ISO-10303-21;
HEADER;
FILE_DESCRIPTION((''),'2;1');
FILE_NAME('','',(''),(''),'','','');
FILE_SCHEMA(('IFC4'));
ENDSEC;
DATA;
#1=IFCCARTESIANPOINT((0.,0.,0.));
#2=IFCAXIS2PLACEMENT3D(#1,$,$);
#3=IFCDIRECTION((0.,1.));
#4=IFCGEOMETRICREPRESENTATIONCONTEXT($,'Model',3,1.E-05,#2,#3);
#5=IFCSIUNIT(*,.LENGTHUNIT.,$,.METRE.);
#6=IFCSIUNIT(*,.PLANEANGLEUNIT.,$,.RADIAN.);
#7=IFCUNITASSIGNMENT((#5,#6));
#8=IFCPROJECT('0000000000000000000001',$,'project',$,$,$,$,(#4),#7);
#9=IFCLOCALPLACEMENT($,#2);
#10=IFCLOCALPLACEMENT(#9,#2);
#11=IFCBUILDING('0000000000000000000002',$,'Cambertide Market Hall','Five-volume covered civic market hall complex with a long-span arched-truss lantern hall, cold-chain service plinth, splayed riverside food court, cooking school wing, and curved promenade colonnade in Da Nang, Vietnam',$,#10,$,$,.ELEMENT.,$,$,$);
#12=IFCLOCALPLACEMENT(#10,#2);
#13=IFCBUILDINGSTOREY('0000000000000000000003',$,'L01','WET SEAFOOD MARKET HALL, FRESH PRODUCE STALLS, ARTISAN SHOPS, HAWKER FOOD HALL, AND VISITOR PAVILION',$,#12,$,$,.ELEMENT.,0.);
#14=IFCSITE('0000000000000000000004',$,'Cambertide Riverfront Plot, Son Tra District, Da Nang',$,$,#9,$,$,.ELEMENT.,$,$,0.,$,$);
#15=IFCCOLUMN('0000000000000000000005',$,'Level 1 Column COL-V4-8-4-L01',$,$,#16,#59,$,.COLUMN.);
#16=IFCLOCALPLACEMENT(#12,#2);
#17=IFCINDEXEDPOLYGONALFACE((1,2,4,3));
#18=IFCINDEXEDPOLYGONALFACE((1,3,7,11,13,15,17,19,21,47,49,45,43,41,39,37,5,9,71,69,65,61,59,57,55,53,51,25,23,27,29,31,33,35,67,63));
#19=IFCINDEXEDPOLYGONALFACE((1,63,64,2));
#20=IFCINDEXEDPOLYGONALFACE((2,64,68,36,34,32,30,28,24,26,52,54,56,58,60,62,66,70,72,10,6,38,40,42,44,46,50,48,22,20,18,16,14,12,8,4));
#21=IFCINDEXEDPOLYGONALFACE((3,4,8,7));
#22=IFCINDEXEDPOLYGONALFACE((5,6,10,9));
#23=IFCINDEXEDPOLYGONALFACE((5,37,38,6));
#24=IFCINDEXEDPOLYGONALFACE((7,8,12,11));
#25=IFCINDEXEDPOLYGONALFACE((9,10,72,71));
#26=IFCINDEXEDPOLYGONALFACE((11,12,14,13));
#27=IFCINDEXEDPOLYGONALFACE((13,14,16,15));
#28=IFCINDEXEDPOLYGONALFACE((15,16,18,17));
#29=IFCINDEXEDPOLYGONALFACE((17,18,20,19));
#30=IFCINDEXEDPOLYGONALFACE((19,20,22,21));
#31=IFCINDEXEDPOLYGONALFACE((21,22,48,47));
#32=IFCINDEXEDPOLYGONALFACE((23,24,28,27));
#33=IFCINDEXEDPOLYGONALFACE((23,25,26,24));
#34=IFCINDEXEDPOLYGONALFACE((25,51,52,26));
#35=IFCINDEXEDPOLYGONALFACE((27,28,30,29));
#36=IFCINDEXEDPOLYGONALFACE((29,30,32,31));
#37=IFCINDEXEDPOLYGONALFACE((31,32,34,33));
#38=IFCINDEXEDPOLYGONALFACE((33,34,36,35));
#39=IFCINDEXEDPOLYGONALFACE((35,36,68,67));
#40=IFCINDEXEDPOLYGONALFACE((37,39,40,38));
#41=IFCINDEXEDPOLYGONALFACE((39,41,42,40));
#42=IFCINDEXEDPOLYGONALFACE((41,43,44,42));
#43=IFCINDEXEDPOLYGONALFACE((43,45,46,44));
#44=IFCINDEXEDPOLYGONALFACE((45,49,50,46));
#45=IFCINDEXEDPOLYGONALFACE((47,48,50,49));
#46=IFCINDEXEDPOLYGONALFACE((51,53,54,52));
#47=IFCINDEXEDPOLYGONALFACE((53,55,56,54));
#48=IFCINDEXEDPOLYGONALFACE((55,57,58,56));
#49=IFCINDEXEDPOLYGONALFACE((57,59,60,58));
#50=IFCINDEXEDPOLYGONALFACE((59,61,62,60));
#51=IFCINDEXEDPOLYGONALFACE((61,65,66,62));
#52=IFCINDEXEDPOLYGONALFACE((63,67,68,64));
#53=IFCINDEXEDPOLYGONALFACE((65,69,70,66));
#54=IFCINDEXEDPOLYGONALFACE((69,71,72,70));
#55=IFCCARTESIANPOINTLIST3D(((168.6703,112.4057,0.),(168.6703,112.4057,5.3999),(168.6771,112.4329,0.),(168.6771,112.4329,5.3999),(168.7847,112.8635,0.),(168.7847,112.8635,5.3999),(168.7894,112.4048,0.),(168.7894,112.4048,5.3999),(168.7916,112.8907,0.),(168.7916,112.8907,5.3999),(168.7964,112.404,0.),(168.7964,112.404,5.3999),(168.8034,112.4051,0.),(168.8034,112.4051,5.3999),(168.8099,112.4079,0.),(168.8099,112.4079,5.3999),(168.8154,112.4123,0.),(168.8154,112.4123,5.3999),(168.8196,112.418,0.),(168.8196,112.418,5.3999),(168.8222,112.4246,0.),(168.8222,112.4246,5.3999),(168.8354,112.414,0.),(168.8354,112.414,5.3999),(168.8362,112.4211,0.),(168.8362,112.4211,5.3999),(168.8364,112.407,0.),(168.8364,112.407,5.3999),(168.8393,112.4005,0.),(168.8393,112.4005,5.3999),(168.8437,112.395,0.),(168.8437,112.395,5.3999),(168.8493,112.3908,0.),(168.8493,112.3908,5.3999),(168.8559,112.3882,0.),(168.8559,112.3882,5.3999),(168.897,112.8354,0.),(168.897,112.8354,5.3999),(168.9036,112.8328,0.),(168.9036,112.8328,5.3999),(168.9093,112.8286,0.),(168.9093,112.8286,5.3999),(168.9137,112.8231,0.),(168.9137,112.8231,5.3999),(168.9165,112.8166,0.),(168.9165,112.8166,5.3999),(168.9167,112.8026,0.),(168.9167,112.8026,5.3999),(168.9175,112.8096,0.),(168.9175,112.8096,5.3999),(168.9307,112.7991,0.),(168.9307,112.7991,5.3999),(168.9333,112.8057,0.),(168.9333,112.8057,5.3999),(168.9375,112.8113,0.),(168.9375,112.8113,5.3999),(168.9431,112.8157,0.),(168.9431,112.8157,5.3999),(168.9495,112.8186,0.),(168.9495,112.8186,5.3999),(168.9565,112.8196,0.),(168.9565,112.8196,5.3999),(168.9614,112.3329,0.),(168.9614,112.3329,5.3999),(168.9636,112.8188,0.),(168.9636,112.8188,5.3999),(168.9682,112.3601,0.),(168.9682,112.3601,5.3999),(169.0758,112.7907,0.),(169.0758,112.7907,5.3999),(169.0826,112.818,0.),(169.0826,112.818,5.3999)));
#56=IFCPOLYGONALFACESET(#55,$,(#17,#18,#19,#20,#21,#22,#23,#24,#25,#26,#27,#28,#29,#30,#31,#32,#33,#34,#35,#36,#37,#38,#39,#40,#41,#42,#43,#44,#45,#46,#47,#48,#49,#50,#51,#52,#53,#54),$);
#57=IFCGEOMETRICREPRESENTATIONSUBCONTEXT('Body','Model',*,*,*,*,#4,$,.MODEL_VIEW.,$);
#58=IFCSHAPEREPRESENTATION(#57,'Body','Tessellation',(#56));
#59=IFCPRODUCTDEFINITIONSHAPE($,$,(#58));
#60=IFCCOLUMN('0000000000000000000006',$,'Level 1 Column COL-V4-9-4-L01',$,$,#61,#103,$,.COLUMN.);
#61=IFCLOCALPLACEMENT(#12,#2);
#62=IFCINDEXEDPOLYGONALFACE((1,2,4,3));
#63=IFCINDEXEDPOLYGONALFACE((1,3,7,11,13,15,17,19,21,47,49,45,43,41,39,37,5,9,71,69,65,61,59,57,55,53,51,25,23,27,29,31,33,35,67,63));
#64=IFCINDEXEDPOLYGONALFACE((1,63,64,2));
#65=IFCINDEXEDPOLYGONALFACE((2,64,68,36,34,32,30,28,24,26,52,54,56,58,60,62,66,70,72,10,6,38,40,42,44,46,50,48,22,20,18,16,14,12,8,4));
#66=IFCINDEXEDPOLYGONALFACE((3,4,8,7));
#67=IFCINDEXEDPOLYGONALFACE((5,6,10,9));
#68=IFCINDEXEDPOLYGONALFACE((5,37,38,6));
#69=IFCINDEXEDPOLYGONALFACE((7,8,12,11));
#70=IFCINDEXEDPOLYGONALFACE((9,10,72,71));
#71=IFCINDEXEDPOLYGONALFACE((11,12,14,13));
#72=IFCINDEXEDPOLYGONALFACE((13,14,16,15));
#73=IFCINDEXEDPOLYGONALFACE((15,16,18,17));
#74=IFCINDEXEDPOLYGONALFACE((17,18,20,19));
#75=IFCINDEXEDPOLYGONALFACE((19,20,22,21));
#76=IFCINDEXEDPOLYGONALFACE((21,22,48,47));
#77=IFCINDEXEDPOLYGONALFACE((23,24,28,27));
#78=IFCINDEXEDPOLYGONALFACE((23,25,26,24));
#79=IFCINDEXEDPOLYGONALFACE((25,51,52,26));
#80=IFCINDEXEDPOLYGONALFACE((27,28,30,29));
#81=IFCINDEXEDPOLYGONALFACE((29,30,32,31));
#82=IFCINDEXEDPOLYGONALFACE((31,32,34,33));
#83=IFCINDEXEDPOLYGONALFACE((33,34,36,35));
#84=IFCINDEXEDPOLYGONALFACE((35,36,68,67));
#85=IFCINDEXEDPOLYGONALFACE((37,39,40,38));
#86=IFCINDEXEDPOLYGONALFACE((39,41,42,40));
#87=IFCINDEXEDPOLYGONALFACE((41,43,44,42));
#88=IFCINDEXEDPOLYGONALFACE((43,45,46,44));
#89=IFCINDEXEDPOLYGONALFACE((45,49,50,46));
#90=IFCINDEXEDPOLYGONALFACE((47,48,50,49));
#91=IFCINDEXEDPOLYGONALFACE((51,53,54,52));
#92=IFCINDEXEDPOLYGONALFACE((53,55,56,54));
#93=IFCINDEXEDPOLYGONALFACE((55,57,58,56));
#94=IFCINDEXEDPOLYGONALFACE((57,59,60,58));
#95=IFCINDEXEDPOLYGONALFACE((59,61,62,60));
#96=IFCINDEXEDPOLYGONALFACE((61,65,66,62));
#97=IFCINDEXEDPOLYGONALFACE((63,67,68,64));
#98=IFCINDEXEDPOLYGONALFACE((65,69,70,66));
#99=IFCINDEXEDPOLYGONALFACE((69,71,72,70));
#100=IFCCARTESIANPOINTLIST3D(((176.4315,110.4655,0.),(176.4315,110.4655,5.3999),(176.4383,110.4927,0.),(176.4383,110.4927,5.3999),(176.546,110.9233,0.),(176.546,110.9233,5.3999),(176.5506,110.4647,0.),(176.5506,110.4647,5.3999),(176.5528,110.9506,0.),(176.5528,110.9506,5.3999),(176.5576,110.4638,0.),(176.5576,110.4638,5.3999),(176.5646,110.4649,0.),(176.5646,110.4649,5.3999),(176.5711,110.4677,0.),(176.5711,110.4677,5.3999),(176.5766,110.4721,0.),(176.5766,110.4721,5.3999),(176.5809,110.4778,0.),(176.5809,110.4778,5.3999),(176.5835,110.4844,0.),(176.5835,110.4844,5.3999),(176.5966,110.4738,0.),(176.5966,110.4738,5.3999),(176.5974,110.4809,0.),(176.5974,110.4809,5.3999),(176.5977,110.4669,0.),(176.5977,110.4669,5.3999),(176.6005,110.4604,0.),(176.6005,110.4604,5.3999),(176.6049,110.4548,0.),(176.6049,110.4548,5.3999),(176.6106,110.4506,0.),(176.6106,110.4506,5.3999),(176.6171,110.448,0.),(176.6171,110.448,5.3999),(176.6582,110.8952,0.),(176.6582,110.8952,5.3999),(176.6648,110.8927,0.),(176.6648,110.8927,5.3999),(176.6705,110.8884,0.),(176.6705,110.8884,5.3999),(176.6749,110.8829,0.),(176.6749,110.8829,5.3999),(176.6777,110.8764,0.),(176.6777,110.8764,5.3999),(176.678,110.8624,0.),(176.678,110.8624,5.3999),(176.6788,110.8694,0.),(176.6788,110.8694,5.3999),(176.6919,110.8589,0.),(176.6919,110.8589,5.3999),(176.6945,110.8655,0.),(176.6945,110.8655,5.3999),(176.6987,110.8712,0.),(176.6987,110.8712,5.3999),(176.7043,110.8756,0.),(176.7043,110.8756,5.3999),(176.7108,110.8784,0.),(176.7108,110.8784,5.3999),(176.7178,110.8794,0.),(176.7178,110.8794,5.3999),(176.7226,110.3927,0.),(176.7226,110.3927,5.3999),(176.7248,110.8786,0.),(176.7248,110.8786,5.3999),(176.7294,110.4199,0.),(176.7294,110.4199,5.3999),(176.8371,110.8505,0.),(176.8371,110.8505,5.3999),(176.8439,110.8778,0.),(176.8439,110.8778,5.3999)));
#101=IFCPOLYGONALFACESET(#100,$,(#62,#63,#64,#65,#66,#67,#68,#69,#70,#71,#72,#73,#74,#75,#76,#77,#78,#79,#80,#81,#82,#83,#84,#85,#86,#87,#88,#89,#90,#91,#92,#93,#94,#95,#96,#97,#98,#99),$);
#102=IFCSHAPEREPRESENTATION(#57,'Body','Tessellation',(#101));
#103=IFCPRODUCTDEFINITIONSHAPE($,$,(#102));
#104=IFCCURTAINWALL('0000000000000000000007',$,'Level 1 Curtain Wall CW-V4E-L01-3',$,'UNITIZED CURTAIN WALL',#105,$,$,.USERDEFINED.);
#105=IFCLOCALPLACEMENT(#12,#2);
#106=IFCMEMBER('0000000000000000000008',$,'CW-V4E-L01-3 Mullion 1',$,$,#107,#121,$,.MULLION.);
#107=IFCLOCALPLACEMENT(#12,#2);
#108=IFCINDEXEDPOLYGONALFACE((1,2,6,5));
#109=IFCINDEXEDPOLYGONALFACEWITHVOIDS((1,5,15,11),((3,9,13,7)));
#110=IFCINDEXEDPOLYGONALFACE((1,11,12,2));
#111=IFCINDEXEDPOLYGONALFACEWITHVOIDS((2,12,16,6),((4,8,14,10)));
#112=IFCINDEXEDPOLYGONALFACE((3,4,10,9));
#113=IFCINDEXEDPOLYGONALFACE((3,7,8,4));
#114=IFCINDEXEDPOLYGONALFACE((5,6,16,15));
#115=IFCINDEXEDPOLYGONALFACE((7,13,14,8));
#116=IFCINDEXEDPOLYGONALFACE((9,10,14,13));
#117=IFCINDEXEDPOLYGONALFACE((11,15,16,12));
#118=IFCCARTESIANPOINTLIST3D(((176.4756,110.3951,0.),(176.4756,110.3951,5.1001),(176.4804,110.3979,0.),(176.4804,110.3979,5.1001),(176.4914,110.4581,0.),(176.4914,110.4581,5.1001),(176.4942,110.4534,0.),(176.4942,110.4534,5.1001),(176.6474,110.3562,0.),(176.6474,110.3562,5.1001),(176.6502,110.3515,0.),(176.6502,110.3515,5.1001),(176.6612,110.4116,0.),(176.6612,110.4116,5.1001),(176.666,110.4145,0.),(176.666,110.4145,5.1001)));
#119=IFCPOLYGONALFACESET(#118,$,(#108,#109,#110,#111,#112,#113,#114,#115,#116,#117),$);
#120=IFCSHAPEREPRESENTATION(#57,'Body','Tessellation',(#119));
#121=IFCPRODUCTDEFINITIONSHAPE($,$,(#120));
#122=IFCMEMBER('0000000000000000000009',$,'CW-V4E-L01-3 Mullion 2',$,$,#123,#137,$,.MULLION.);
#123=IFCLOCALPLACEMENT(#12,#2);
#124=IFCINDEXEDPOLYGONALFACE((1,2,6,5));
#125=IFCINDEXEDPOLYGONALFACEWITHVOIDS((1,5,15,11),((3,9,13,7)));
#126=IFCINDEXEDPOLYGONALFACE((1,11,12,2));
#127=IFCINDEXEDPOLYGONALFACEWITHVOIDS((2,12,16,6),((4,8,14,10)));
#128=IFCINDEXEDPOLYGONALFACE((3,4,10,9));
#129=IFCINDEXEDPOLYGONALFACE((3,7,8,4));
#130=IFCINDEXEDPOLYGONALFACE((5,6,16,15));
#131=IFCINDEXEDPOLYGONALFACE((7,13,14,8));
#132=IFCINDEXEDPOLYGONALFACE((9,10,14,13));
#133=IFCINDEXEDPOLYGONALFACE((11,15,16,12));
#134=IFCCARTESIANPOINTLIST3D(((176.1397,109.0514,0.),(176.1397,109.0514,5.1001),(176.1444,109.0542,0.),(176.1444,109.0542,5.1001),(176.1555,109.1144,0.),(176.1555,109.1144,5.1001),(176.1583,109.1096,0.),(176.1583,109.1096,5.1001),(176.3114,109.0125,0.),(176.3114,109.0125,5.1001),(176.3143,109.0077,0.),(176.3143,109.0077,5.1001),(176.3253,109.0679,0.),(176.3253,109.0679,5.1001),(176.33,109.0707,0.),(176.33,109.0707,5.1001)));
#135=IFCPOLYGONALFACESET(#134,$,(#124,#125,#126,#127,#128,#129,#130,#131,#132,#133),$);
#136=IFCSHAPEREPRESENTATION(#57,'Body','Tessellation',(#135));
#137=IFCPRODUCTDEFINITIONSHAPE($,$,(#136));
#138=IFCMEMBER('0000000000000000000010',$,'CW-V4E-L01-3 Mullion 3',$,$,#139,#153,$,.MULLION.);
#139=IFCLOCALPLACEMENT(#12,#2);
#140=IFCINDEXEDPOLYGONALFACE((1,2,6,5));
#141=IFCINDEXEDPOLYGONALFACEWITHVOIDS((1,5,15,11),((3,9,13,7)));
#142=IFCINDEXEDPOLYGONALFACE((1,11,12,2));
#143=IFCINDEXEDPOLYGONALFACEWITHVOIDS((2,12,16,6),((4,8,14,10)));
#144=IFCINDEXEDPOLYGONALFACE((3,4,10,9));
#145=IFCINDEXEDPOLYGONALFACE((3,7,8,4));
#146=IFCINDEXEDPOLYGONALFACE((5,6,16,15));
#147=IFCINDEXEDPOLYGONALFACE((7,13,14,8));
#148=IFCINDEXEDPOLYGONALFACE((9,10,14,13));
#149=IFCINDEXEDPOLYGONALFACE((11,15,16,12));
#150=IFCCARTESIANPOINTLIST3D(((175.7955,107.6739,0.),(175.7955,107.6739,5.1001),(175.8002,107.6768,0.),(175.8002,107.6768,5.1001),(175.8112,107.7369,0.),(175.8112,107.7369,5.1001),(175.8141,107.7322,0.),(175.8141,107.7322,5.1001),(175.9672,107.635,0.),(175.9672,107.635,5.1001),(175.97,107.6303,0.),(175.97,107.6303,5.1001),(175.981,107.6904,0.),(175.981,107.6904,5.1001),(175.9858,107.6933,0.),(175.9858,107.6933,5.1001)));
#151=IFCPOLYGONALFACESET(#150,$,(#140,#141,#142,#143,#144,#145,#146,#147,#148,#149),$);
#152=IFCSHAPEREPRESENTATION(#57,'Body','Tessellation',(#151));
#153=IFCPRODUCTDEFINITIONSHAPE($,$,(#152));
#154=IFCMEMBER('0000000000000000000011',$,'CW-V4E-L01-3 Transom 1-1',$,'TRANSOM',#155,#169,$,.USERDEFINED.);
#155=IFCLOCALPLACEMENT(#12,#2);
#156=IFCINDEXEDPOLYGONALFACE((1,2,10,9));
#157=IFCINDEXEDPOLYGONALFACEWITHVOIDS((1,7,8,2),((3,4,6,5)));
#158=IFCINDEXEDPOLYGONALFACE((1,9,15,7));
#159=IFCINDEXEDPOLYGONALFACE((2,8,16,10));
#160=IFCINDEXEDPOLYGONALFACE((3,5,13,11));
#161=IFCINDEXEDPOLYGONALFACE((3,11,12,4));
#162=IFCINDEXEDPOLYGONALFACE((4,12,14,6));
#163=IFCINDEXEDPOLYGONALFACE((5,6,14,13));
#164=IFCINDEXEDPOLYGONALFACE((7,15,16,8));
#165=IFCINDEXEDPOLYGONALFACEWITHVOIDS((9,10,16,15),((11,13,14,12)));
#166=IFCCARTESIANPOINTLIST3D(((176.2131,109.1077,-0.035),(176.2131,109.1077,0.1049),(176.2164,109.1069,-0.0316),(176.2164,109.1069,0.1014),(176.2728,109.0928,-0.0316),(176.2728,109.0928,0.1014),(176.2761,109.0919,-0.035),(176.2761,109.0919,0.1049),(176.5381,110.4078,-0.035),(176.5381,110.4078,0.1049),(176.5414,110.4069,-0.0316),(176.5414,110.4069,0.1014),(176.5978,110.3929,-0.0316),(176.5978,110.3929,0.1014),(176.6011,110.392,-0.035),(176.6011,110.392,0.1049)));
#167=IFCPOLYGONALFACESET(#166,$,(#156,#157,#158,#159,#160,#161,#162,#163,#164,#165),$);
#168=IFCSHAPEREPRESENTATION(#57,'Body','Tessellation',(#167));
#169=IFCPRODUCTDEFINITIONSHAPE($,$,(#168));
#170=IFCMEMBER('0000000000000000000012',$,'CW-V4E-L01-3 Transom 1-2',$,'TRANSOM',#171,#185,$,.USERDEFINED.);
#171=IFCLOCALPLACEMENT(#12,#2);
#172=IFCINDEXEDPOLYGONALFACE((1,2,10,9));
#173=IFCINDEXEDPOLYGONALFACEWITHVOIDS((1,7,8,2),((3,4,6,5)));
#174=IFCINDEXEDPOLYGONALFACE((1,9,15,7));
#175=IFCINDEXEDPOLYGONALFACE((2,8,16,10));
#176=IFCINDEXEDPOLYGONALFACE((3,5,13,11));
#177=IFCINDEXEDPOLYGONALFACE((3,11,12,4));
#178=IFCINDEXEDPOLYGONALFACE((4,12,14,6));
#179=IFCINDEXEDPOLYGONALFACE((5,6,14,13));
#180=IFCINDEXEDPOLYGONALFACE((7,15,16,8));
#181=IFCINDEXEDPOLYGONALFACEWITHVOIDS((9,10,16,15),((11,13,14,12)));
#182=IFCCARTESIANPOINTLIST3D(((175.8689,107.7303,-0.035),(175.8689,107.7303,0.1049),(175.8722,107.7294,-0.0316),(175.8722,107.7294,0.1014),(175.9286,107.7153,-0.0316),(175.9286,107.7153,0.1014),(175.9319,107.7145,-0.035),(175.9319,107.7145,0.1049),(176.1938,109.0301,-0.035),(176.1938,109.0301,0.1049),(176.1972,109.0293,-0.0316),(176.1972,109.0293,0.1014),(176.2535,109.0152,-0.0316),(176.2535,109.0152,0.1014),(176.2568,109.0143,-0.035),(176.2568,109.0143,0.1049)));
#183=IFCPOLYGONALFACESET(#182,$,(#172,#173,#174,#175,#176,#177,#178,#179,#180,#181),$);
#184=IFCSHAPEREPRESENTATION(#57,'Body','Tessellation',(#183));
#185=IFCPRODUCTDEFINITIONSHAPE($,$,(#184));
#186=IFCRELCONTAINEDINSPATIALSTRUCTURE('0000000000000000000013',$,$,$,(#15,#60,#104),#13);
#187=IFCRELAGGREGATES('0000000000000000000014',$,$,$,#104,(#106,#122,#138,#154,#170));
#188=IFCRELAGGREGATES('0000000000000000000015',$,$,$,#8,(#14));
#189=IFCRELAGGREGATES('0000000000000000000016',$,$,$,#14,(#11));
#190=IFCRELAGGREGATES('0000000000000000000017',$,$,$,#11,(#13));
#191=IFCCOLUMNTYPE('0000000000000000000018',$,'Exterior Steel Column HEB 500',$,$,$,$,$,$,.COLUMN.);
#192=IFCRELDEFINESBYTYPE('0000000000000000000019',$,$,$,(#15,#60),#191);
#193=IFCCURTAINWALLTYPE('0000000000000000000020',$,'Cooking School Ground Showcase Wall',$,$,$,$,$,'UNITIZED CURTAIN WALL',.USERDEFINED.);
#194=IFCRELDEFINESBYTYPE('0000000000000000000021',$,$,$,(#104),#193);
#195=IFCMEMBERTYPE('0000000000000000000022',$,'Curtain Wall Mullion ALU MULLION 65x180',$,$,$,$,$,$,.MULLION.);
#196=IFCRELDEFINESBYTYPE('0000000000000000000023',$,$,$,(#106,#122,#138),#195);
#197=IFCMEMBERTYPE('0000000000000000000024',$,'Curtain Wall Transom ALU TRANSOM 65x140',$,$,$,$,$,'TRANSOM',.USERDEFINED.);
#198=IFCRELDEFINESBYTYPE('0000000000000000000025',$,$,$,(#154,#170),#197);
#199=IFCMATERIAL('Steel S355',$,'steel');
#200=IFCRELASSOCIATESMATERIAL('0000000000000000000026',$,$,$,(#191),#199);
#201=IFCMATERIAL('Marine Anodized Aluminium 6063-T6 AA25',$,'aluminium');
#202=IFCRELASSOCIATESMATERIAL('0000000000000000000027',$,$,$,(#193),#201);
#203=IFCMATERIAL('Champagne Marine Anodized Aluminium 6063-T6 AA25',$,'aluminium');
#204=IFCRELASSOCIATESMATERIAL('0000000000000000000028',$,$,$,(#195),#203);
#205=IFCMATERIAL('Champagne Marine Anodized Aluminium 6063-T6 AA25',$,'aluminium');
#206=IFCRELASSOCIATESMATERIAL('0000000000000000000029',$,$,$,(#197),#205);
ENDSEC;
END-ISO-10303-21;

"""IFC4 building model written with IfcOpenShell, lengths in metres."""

from ifc_helpers import new_model, si_unit, direction, frame, origin, origin_2d, place, context, subcontext, project, spatial, hollow_rectangle, i_section, extrude, material, material_profile, profile_set, type_object, element, aggregate, save


model = new_model("IFC4")

# Units and contexts
model_context = context("Model", 3, precision=1e-05, world=origin(), true_north=direction((0.0, 1.0)))
body_context = subcontext(model_context, "Body", "Model", "MODEL_VIEW")
ifc_project = project(units=[si_unit("LENGTHUNIT", "METRE"), si_unit("PLANEANGLEUNIT", "RADIAN")], contexts=[model_context])

# Site, building, storey
site_placement = place(None, origin())
site = spatial("IfcSite", under=ifc_project, at=site_placement, Name="Cambertide Riverfront Plot, Son Tra District, Da Nang", CompositionType="ELEMENT", RefElevation=0.0)
building_placement = place(site_placement, origin())
building = spatial("IfcBuilding", under=site, at=building_placement, Name="Cambertide Market Hall", Description="Five-volume covered civic market hall complex with a long-span arched-truss lantern hall, cold-chain service plinth, splayed riverside food court, cooking school wing, and curved promenade colonnade in Da Nang, Vietnam", CompositionType="ELEMENT")
storey_placement = place(building_placement, origin())
storey = spatial("IfcBuildingStorey", under=building, at=storey_placement, Name="L01", Description="WET SEAFOOD MARKET HALL, FRESH PRODUCE STALLS, ARTISAN SHOPS, HAWKER FOOD HALL, AND VISITOR PAVILION", CompositionType="ELEMENT", Elevation=0.0)

# Columns
ifc_material_1 = material(Name="Steel S355", Category="steel")
ifc_material_profile_1 = material_profile(ifc_material_1, i_section(OverallWidth=0.3, OverallDepth=0.5, WebThickness=0.0144, FlangeThickness=0.0281, FilletRadius=0.0271, at=origin_2d()), Name="HEB 500")
ifc_profile_set_1 = profile_set([ifc_material_profile_1], Name="Steel S355")
column_type = type_object("IfcColumnType", Name="Exterior Steel Column HEB 500", PredefinedType="COLUMN", material=ifc_profile_set_1)
for number, where, z_axis, x_axis, name in (
    (1, (168.8765, 112.6118, 0.0), (0.0, 0.0, 1.0), (0.970143, -0.242536, 0.0), "Level 1 Column COL-V4-8-4-L01"),
    (2, (176.6377, 110.6716, 0.0), (0.0, 0.0, 1.0), (0.970143, -0.242536, 0.0), "Level 1 Column COL-V4-9-4-L01"),
):
    element("IfcColumn", number, at=place(storey_placement, frame(where, z_axis=z_axis, x_axis=x_axis)), inside=storey, type_object=column_type, Name=name, PredefinedType="COLUMN", context=body_context, shape_type="SweptSolid", body=[
        extrude(i_section(OverallWidth=0.3, OverallDepth=0.5, WebThickness=0.0144, FlangeThickness=0.0281, FilletRadius=0.0271, at=origin_2d()), origin(), (0.0, 0.0, 1.0), 5.3999),
    ])

# Curtain wall, members
ifc_material_2 = material(Name="Marine Anodized Aluminium 6063-T6 AA25", Category="aluminium")
curtain_wall_type = type_object("IfcCurtainWallType", Name="Cooking School Ground Showcase Wall", ElementType="UNITIZED CURTAIN WALL", PredefinedType="USERDEFINED", material=ifc_material_2)
curtain_wall_placement = place(storey_placement, origin())
curtain_wall = element("IfcCurtainWall", 3, at=curtain_wall_placement, inside=storey, type_object=curtain_wall_type, Name="Level 1 Curtain Wall CW-V4E-L01-3", ObjectType="UNITIZED CURTAIN WALL", PredefinedType="USERDEFINED")
ifc_material_3 = material(Name="Champagne Marine Anodized Aluminium 6063-T6 AA25", Category="aluminium")
ifc_material_profile_2 = material_profile(ifc_material_3, hollow_rectangle(XDim=0.0649, YDim=0.1799, WallThickness=0.0039, at=origin_2d()), Name="ALU MULLION 65x180")
ifc_profile_set_2 = profile_set([ifc_material_profile_2], Name="Champagne Marine Anodized Aluminium 6063-T6 AA25")
member_type_1 = type_object("IfcMemberType", Name="Curtain Wall Mullion ALU MULLION 65x180", PredefinedType="MULLION", material=ifc_profile_set_2)
member_1_placement = place(storey_placement, frame((176.5708, 110.4048, 0.0), z_axis=(0.0, 0.0, 1.0), x_axis=(-0.242536, -0.970143, 0.0)))
member_1 = element("IfcMember", 4, at=member_1_placement, type_object=member_type_1, Name="CW-V4E-L01-3 Mullion 1", PredefinedType="MULLION", context=body_context, shape_type="SweptSolid", body=[
    extrude(hollow_rectangle(XDim=0.0649, YDim=0.1799, WallThickness=0.0039, at=origin_2d()), origin(), (0.0, 0.0, 1.0), 5.1001),
])
member_2_placement = place(storey_placement, frame((176.2349, 109.061, 0.0), z_axis=(0.0, 0.0, 1.0), x_axis=(-0.242536, -0.970143, 0.0)))
member_2 = element("IfcMember", 5, at=member_2_placement, type_object=member_type_1, Name="CW-V4E-L01-3 Mullion 2", PredefinedType="MULLION", context=body_context, shape_type="SweptSolid", body=[
    extrude(hollow_rectangle(XDim=0.0649, YDim=0.1799, WallThickness=0.0039, at=origin_2d()), origin(), (0.0, 0.0, 1.0), 5.1001),
])
member_3_placement = place(storey_placement, frame((175.8906, 107.6836, 0.0), z_axis=(0.0, 0.0, 1.0), x_axis=(-0.242536, -0.970143, 0.0)))
member_3 = element("IfcMember", 6, at=member_3_placement, type_object=member_type_1, Name="CW-V4E-L01-3 Mullion 3", PredefinedType="MULLION", context=body_context, shape_type="SweptSolid", body=[
    extrude(hollow_rectangle(XDim=0.0649, YDim=0.1799, WallThickness=0.0039, at=origin_2d()), origin(), (0.0, 0.0, 1.0), 5.1001),
])
ifc_material_4 = material(Name="Champagne Marine Anodized Aluminium 6063-T6 AA25", Category="aluminium")
ifc_material_profile_3 = material_profile(ifc_material_4, hollow_rectangle(XDim=0.0649, YDim=0.1399, WallThickness=0.0034, at=origin_2d()), Name="ALU TRANSOM 65x140")
ifc_profile_set_3 = profile_set([ifc_material_profile_3], Name="Champagne Marine Anodized Aluminium 6063-T6 AA25")
member_type_2 = type_object("IfcMemberType", Name="Curtain Wall Transom ALU TRANSOM 65x140", ElementType="TRANSOM", PredefinedType="USERDEFINED", material=ifc_profile_set_3)
member_4_placement = place(storey_placement, frame((176.5696, 110.3999, 0.0349), z_axis=(-0.242493, -0.970153, 0.0), x_axis=(0.970153, -0.242493, 0.0)))
member_4 = element("IfcMember", 7, at=member_4_placement, type_object=member_type_2, Name="CW-V4E-L01-3 Transom 1-1", ObjectType="TRANSOM", PredefinedType="USERDEFINED", context=body_context, shape_type="SweptSolid", body=[
    extrude(hollow_rectangle(XDim=0.0649, YDim=0.1399, WallThickness=0.0034, at=origin_2d()), origin(), (0.0, 0.0, 1.0), 1.3401),
])
member_5_placement = place(storey_placement, frame((176.2253, 109.0222, 0.0349), z_axis=(-0.242536, -0.970143, 0.0), x_axis=(0.970143, -0.242536, 0.0)))
member_5 = element("IfcMember", 8, at=member_5_placement, type_object=member_type_2, Name="CW-V4E-L01-3 Transom 1-2", ObjectType="TRANSOM", PredefinedType="USERDEFINED", context=body_context, shape_type="SweptSolid", body=[
    extrude(hollow_rectangle(XDim=0.0649, YDim=0.1399, WallThickness=0.0034, at=origin_2d()), origin(), (0.0, 0.0, 1.0), 1.3398),
])

aggregate(curtain_wall, [member_1, member_2, member_3, member_4, member_5])

save(model, "model.ifc")
